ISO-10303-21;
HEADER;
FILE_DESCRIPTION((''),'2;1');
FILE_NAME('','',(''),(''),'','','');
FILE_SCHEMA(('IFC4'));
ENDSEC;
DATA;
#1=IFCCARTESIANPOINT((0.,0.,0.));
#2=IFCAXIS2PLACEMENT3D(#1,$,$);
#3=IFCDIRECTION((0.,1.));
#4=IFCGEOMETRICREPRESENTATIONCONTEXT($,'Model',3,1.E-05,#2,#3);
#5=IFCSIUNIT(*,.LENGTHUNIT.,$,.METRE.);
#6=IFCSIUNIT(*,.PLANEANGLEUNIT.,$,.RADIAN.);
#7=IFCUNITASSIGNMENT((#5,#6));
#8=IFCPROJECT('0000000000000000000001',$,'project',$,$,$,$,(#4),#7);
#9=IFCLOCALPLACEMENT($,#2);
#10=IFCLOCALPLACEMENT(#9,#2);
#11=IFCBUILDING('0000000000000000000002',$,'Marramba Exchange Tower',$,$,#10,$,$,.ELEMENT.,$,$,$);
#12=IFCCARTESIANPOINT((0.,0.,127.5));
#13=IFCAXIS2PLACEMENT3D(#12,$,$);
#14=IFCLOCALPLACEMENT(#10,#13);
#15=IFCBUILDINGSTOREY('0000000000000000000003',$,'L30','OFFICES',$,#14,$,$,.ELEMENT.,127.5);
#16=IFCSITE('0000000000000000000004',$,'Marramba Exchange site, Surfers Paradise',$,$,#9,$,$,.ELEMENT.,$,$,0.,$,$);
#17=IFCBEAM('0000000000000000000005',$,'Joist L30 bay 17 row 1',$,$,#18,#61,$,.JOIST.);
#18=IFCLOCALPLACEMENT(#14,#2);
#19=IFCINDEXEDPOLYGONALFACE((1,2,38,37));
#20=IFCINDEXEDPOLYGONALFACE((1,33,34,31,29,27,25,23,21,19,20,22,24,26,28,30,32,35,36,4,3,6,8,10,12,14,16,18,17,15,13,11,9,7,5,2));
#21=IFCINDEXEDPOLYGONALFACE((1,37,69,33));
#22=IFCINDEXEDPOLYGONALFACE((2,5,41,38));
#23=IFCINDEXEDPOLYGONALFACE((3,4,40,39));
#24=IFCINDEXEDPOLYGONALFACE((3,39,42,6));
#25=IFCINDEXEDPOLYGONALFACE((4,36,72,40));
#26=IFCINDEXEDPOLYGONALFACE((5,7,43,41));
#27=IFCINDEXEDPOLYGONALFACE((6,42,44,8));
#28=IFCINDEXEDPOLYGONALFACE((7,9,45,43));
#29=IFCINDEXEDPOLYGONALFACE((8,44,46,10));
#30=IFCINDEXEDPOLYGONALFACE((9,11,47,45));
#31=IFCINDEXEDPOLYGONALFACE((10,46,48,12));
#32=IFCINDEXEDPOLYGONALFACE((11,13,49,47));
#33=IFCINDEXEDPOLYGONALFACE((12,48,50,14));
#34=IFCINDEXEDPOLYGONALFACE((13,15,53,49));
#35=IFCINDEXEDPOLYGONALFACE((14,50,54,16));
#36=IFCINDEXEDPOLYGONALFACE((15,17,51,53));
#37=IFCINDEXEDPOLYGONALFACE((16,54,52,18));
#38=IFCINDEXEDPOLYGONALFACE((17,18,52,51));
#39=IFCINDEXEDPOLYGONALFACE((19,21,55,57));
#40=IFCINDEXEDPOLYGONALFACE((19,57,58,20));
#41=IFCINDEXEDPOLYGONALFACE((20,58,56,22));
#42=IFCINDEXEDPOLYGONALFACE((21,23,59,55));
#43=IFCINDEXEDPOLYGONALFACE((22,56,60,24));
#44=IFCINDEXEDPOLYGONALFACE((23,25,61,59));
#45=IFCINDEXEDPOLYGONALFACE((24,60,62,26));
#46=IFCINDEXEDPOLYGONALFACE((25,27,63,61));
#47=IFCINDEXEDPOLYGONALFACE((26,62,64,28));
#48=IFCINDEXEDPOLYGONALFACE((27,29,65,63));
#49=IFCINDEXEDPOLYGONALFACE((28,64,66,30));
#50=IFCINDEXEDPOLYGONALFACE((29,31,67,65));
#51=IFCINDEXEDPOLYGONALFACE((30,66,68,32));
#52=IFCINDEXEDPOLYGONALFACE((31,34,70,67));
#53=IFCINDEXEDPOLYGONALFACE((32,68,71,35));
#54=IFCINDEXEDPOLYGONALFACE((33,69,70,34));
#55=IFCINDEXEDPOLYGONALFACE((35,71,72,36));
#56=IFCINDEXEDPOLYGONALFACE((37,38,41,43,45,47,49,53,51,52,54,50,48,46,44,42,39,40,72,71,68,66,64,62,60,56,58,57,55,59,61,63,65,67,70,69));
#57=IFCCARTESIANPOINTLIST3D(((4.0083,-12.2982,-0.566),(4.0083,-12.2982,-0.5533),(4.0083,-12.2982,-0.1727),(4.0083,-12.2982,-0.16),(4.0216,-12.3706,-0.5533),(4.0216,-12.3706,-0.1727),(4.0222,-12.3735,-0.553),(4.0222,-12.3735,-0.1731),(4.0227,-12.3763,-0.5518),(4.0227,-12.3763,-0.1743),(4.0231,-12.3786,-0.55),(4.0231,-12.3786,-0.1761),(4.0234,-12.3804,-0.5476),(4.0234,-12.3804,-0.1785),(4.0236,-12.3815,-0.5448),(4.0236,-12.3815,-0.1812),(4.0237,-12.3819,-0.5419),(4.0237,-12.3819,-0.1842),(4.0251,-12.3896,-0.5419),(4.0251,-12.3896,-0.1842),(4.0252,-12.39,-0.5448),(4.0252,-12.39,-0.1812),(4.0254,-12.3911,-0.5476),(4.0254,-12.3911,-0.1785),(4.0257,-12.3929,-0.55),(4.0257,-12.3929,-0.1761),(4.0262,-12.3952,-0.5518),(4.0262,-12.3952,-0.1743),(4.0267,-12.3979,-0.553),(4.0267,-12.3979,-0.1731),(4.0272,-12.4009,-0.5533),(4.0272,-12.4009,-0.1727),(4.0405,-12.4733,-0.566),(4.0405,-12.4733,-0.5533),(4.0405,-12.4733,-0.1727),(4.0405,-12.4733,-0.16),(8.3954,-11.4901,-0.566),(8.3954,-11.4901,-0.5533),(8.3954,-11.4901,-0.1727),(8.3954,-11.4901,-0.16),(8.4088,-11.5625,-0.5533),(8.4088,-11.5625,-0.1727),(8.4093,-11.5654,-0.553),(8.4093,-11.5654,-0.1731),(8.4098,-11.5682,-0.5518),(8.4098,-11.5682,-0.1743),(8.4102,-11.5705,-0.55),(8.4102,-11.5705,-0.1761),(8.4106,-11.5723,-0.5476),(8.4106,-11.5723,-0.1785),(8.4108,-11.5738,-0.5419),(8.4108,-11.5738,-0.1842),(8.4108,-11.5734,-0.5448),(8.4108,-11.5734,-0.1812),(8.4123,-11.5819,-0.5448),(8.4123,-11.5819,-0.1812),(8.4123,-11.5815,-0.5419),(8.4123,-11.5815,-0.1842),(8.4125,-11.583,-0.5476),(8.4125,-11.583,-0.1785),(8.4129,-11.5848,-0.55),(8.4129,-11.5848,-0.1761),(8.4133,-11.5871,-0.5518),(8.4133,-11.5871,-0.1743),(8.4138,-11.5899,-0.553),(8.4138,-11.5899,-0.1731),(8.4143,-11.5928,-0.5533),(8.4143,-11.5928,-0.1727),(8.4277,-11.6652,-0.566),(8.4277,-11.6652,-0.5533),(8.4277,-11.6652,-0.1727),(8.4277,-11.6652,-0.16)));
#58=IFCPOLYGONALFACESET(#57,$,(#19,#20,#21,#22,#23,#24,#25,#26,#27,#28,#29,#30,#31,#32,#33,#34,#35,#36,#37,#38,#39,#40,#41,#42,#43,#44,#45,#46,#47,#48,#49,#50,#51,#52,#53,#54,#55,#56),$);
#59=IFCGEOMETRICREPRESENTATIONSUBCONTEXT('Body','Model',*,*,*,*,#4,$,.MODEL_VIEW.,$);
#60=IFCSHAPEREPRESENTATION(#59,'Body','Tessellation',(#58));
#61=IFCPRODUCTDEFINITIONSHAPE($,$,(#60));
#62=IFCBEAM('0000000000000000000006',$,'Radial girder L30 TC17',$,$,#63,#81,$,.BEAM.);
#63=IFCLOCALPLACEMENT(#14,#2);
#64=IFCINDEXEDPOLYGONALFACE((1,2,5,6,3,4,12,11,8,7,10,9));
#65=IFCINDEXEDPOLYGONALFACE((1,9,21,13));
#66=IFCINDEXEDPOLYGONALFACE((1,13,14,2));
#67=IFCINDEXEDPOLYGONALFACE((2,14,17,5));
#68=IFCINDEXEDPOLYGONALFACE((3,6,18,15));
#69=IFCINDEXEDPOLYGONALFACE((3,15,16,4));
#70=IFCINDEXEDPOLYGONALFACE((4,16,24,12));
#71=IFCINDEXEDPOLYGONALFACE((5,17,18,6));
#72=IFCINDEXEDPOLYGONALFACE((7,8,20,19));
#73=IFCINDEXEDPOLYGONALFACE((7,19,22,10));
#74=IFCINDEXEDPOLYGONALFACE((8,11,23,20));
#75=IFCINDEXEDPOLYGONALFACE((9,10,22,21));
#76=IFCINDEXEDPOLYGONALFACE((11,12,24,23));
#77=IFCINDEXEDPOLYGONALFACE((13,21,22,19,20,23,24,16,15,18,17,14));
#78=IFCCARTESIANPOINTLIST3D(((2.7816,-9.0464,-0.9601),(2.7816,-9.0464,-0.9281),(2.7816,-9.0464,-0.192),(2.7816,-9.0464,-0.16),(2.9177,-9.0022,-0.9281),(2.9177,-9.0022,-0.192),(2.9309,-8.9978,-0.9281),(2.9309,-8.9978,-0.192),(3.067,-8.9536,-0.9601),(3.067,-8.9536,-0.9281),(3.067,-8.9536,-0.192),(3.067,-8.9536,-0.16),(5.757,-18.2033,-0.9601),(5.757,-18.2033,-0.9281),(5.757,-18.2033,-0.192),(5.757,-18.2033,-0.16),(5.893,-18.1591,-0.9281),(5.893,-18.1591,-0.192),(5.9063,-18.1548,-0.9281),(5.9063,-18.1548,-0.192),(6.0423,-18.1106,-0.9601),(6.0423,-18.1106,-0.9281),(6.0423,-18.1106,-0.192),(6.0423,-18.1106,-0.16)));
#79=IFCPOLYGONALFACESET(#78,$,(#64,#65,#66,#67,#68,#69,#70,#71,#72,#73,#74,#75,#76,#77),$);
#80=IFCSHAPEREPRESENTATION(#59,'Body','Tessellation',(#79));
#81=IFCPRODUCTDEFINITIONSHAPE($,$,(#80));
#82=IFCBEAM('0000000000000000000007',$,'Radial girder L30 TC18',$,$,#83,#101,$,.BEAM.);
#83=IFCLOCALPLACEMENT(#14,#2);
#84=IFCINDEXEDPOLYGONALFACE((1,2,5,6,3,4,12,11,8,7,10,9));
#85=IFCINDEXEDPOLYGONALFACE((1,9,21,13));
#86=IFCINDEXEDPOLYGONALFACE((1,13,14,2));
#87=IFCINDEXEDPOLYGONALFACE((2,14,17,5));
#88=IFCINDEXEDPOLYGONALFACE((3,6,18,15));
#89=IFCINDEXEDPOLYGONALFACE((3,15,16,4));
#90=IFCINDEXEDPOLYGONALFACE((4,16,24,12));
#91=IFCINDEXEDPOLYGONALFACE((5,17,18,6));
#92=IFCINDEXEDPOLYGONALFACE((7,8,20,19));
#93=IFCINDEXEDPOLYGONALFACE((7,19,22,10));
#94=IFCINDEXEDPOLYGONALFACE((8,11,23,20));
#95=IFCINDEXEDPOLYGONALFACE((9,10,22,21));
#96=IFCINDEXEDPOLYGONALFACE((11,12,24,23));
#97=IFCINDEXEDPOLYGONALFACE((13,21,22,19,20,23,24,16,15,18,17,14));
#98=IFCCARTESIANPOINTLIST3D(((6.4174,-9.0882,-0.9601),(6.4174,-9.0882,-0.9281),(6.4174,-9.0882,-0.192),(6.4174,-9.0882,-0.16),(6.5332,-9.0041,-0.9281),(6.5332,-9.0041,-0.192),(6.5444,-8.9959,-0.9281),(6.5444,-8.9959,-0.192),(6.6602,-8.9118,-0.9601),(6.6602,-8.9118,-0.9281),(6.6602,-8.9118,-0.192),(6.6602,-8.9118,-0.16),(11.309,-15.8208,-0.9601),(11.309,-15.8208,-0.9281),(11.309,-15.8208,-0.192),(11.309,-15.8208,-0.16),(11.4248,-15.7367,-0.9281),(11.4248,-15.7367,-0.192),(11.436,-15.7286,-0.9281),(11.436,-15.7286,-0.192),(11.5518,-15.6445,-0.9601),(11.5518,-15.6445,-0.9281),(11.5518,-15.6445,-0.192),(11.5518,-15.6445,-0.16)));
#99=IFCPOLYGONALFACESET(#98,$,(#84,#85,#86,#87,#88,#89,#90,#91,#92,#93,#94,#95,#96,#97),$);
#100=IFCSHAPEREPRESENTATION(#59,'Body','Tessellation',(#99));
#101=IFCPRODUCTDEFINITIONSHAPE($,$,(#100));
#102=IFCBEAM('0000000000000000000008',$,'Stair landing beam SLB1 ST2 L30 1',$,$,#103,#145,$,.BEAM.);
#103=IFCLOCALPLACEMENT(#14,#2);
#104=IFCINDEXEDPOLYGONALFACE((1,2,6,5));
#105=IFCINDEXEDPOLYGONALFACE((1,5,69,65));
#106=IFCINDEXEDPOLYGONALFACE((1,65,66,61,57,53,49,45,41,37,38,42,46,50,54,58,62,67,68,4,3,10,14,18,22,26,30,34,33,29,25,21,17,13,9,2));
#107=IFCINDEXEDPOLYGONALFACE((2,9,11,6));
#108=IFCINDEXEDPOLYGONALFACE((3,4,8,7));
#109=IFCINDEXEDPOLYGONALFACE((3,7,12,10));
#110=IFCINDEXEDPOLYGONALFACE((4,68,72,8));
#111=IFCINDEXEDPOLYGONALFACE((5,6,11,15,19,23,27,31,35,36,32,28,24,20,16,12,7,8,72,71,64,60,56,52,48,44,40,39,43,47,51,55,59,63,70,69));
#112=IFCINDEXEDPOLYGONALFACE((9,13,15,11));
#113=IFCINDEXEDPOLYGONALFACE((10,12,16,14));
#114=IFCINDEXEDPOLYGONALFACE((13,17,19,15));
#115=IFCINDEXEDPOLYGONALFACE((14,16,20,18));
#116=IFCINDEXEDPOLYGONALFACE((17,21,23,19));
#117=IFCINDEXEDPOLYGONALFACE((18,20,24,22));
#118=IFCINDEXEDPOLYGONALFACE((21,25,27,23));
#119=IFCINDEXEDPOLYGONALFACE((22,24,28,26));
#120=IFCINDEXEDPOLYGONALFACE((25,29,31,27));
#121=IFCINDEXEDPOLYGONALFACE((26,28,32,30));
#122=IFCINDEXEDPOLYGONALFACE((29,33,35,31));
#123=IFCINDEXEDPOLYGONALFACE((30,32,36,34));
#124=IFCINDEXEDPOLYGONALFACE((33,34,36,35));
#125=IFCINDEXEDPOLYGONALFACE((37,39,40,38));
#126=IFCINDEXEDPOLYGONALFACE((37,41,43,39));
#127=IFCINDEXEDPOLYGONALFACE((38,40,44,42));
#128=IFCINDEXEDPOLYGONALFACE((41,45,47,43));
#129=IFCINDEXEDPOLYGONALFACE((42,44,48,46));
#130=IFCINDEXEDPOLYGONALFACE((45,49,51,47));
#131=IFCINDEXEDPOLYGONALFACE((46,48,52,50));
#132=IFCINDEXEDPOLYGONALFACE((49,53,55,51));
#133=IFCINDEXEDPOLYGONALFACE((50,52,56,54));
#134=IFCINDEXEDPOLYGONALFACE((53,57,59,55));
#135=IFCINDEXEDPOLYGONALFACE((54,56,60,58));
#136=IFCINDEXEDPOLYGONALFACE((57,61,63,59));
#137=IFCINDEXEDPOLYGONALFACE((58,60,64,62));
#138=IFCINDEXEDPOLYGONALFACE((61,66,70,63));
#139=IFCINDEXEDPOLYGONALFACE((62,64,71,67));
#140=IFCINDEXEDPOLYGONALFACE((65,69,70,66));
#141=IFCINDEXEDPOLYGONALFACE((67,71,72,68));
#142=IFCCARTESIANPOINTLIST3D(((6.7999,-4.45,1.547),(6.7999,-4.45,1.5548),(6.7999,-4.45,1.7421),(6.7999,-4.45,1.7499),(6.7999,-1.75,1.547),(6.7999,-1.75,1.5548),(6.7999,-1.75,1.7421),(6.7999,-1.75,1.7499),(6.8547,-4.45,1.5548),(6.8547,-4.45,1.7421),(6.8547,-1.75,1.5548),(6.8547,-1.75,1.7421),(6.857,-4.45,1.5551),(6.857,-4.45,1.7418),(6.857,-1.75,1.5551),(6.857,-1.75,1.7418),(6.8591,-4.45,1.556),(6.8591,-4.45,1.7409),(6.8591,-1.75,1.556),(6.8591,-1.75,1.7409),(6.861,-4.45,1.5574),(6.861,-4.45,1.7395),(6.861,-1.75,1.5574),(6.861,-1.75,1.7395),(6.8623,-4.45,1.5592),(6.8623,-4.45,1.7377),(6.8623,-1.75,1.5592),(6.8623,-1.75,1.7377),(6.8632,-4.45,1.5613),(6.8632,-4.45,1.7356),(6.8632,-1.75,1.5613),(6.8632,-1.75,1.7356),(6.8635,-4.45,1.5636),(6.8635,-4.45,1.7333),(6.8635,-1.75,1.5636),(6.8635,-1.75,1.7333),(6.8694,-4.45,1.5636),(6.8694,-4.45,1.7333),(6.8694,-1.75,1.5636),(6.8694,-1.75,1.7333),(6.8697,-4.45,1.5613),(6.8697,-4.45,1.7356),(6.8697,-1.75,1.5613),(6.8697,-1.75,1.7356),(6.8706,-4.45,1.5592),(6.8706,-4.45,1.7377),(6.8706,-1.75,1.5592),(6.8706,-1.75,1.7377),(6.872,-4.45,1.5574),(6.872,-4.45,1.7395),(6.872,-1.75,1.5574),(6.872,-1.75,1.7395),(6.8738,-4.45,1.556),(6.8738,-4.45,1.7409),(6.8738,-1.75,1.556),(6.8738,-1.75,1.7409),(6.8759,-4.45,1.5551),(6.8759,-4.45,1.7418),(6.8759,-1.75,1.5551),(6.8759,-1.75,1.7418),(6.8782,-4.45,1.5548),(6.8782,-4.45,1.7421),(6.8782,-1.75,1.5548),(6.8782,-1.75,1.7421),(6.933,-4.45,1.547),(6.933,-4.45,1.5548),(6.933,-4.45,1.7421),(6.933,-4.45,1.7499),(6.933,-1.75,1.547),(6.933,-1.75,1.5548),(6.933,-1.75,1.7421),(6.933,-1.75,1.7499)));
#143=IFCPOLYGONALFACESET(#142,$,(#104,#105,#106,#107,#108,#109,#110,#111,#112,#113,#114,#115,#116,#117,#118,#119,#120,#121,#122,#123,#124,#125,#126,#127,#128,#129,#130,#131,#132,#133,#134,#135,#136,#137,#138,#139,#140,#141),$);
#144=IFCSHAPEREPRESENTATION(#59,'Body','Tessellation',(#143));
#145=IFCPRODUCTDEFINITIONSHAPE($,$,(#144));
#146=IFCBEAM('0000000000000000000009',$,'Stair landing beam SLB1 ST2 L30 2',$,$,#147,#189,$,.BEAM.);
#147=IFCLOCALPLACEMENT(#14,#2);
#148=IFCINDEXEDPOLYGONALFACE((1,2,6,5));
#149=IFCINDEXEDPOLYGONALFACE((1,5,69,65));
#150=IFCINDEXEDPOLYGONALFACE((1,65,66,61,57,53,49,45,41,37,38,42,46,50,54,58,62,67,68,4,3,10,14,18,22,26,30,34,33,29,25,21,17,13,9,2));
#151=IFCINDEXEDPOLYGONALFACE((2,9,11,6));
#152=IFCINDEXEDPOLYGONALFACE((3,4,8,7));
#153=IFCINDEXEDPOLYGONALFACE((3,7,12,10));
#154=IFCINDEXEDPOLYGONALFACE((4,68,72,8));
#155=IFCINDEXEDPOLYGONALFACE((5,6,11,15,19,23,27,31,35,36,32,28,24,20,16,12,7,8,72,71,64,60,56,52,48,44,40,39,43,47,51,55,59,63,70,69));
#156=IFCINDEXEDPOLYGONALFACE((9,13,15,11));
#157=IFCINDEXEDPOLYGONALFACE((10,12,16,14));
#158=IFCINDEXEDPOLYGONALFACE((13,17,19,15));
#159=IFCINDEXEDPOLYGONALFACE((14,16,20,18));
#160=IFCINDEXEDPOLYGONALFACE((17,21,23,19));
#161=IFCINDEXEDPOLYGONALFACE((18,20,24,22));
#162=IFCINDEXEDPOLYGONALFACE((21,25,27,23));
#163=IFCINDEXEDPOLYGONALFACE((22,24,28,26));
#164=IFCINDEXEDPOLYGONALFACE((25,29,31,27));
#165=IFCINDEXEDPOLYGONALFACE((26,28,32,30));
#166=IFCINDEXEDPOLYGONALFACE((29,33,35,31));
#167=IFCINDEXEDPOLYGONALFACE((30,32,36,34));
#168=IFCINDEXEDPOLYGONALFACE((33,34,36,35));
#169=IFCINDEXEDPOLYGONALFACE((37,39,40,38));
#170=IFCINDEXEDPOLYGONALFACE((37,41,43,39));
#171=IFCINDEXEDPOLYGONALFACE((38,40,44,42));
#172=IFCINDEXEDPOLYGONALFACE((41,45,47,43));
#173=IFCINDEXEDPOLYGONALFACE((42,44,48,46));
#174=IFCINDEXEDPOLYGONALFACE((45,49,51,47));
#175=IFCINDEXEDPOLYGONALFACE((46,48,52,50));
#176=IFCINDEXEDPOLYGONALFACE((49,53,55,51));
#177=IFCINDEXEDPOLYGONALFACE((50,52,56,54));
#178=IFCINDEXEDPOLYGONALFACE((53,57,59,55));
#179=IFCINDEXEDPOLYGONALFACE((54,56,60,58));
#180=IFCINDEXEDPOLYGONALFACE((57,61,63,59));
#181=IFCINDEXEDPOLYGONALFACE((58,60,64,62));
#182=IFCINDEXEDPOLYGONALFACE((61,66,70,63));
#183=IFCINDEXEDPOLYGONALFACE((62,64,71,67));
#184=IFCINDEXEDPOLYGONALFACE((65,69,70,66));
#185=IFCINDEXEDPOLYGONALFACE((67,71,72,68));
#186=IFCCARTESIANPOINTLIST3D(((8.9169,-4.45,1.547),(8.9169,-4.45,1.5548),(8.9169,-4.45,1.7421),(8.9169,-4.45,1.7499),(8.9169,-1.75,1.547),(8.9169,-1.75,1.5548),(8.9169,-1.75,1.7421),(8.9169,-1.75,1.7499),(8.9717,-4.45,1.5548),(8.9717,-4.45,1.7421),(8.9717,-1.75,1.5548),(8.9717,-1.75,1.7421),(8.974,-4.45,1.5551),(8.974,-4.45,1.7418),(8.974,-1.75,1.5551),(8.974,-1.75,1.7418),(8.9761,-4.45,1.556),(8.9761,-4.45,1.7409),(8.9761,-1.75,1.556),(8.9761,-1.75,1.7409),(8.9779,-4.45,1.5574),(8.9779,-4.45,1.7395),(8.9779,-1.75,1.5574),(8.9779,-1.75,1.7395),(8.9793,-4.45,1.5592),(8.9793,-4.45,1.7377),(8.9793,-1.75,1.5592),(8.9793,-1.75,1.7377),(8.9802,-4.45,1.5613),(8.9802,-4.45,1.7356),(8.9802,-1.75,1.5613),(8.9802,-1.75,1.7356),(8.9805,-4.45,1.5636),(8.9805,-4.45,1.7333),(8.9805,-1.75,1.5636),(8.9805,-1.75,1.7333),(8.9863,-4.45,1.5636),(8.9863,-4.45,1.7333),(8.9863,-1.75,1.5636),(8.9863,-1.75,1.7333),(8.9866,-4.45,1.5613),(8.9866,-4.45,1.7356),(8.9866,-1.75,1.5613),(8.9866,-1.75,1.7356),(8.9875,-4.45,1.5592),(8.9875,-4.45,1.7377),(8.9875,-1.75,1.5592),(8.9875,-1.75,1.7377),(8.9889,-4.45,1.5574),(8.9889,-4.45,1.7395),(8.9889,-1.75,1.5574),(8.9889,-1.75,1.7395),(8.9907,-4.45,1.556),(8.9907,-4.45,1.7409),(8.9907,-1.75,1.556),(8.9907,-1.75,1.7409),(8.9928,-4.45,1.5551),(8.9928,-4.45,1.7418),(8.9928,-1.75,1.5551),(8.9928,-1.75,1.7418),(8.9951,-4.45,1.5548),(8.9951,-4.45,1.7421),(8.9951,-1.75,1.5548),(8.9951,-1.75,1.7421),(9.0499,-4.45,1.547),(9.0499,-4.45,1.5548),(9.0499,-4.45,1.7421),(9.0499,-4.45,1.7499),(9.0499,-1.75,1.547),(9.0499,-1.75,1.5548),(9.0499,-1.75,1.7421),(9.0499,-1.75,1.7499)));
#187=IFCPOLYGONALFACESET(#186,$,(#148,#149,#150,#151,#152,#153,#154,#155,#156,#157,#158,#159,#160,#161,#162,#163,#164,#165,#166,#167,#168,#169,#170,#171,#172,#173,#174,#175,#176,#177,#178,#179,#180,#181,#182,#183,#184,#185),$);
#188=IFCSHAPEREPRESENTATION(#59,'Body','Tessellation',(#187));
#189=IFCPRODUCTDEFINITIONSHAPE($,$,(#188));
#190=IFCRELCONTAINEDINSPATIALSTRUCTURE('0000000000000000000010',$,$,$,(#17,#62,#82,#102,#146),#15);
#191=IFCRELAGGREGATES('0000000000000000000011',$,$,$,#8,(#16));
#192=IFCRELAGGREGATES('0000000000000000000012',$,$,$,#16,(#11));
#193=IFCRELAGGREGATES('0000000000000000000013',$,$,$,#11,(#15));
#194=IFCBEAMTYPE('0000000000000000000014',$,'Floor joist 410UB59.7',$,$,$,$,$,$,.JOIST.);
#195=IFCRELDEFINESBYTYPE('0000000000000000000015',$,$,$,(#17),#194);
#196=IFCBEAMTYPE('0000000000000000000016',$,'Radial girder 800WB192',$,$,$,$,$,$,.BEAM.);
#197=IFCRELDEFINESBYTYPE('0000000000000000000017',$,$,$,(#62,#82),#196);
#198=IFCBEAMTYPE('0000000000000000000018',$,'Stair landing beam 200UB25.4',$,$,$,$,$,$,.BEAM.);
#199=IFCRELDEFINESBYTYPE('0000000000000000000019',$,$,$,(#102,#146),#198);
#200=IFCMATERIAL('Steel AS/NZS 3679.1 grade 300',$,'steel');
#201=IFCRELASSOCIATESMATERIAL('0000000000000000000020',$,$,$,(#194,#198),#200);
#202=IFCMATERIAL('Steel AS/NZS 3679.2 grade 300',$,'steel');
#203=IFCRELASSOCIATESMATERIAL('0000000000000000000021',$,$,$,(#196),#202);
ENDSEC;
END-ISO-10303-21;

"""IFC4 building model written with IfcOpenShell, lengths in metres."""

from ifc_helpers import new_model, si_unit, direction, frame, origin, origin_2d, place, context, subcontext, project, spatial, i_section, extrude, material, material_profile, profile_set, type_object, element, save


model = new_model("IFC4")

# Units and contexts
model_context = context("Model", 3, precision=1e-05, world=origin(), true_north=direction((0.0, 1.0)))
body_context = subcontext(model_context, "Body", "Model", "MODEL_VIEW")
ifc_project = project(units=[si_unit("LENGTHUNIT", "METRE"), si_unit("PLANEANGLEUNIT", "RADIAN")], contexts=[model_context])

# Site, building, storey
site_placement = place(None, origin())
site = spatial("IfcSite", under=ifc_project, at=site_placement, Name="Marramba Exchange site, Surfers Paradise", CompositionType="ELEMENT", RefElevation=0.0)
building_placement = place(site_placement, origin())
building = spatial("IfcBuilding", under=site, at=building_placement, Name="Marramba Exchange Tower", CompositionType="ELEMENT")
storey_placement = place(building_placement, frame((0.0, 0.0, 127.5)))
storey = spatial("IfcBuildingStorey", under=building, at=storey_placement, Name="L30", Description="OFFICES", CompositionType="ELEMENT", Elevation=127.5)

# Beams
ifc_material_1 = material(Name="Steel AS/NZS 3679.1 grade 300", Category="steel")
ifc_material_profile_1 = material_profile(ifc_material_1, i_section(OverallWidth=0.178, OverallDepth=0.406, WebThickness=0.0078, FlangeThickness=0.0127, FilletRadius=0.0115, at=origin_2d()), Name="410UB59.7")
ifc_profile_set_1 = profile_set([ifc_material_profile_1], Name="Steel AS/NZS 3679.1 grade 300")
beam_type_1 = type_object("IfcBeamType", Name="Floor joist 410UB59.7", PredefinedType="JOIST", material=ifc_profile_set_1)
beam_1_placement = place(storey_placement, frame((4.0244, -12.3857, -0.363), z_axis=(0.983456, 0.181149, 0.0), x_axis=(-0.181149, 0.983456, 0.0)))
element("IfcBeam", 1, at=beam_1_placement, inside=storey, type_object=beam_type_1, Name="Joist L30 bay 17 row 1", PredefinedType="JOIST", context=body_context, shape_type="SweptSolid", body=[
    extrude(i_section(OverallWidth=0.178, OverallDepth=0.406, WebThickness=0.0078, FlangeThickness=0.0127, FilletRadius=0.0115, at=origin_2d()), origin(), (0.0, 0.0, 1.0), 4.4609),
])
ifc_material_2 = material(Name="Steel AS/NZS 3679.2 grade 300", Category="steel")
ifc_material_profile_2 = material_profile(ifc_material_2, i_section(OverallWidth=0.3, OverallDepth=0.8, WebThickness=0.0139, FlangeThickness=0.032, at=origin_2d()), Name="800WB192")
ifc_profile_set_2 = profile_set([ifc_material_profile_2], Name="Steel AS/NZS 3679.2 grade 300")
beam_type_2 = type_object("IfcBeamType", Name="Radial girder 800WB192", PredefinedType="BEAM", material=ifc_profile_set_2)
beam_2_placement = place(storey_placement, frame((2.9243, -9.0, -0.5601), z_axis=(0.309022, -0.951055, 0.0), x_axis=(0.951055, 0.309022, 0.0)))
element("IfcBeam", 2, at=beam_2_placement, inside=storey, type_object=beam_type_2, Name="Radial girder L30 TC17", PredefinedType="BEAM", context=body_context, shape_type="SweptSolid", body=[
    extrude(i_section(OverallWidth=0.3, OverallDepth=0.8, WebThickness=0.0139, FlangeThickness=0.032, at=origin_2d()), origin(), (0.0, 0.0, 1.0), 9.6282),
])
beam_3_placement = place(storey_placement, frame((6.5388, -9.0, -0.5601), z_axis=(0.587788, -0.809015, 0.0), x_axis=(0.809015, 0.587788, 0.0)))
element("IfcBeam", 3, at=beam_3_placement, inside=storey, type_object=beam_type_2, Name="Radial girder L30 TC18", PredefinedType="BEAM", context=body_context, shape_type="SweptSolid", body=[
    extrude(i_section(OverallWidth=0.3, OverallDepth=0.8, WebThickness=0.0139, FlangeThickness=0.032, at=origin_2d()), origin(), (0.0, 0.0, 1.0), 8.322),
])
ifc_material_profile_3 = material_profile(ifc_material_1, i_section(OverallWidth=0.1331, OverallDepth=0.2029, WebThickness=0.0059, FlangeThickness=0.0078, FilletRadius=0.0088, at=origin_2d()), Name="200UB25.4")
ifc_profile_set_3 = profile_set([ifc_material_profile_3], Name="Steel AS/NZS 3679.1 grade 300")
beam_type_3 = type_object("IfcBeamType", Name="Stair landing beam 200UB25.4", PredefinedType="BEAM", material=ifc_profile_set_3)
for number, where, z_axis, x_axis, name in (
    (4, (6.8665, -4.45, 1.6484), (0.0, 1.0, 0.0), (-1.0, 0.0, 0.0), "Stair landing beam SLB1 ST2 L30 1"),
    (5, (8.9834, -4.45, 1.6484), (0.0, 1.0, 0.0), (-1.0, 0.0, 0.0), "Stair landing beam SLB1 ST2 L30 2"),
):
    element("IfcBeam", number, at=place(storey_placement, frame(where, z_axis=z_axis, x_axis=x_axis)), inside=storey, type_object=beam_type_3, Name=name, PredefinedType="BEAM", context=body_context, shape_type="SweptSolid", body=[
        extrude(i_section(OverallWidth=0.1331, OverallDepth=0.2029, WebThickness=0.0059, FlangeThickness=0.0078, FilletRadius=0.0088, at=origin_2d()), origin(), (0.0, 0.0, 1.0), 2.7),
    ])

save(model, "model.ifc")
